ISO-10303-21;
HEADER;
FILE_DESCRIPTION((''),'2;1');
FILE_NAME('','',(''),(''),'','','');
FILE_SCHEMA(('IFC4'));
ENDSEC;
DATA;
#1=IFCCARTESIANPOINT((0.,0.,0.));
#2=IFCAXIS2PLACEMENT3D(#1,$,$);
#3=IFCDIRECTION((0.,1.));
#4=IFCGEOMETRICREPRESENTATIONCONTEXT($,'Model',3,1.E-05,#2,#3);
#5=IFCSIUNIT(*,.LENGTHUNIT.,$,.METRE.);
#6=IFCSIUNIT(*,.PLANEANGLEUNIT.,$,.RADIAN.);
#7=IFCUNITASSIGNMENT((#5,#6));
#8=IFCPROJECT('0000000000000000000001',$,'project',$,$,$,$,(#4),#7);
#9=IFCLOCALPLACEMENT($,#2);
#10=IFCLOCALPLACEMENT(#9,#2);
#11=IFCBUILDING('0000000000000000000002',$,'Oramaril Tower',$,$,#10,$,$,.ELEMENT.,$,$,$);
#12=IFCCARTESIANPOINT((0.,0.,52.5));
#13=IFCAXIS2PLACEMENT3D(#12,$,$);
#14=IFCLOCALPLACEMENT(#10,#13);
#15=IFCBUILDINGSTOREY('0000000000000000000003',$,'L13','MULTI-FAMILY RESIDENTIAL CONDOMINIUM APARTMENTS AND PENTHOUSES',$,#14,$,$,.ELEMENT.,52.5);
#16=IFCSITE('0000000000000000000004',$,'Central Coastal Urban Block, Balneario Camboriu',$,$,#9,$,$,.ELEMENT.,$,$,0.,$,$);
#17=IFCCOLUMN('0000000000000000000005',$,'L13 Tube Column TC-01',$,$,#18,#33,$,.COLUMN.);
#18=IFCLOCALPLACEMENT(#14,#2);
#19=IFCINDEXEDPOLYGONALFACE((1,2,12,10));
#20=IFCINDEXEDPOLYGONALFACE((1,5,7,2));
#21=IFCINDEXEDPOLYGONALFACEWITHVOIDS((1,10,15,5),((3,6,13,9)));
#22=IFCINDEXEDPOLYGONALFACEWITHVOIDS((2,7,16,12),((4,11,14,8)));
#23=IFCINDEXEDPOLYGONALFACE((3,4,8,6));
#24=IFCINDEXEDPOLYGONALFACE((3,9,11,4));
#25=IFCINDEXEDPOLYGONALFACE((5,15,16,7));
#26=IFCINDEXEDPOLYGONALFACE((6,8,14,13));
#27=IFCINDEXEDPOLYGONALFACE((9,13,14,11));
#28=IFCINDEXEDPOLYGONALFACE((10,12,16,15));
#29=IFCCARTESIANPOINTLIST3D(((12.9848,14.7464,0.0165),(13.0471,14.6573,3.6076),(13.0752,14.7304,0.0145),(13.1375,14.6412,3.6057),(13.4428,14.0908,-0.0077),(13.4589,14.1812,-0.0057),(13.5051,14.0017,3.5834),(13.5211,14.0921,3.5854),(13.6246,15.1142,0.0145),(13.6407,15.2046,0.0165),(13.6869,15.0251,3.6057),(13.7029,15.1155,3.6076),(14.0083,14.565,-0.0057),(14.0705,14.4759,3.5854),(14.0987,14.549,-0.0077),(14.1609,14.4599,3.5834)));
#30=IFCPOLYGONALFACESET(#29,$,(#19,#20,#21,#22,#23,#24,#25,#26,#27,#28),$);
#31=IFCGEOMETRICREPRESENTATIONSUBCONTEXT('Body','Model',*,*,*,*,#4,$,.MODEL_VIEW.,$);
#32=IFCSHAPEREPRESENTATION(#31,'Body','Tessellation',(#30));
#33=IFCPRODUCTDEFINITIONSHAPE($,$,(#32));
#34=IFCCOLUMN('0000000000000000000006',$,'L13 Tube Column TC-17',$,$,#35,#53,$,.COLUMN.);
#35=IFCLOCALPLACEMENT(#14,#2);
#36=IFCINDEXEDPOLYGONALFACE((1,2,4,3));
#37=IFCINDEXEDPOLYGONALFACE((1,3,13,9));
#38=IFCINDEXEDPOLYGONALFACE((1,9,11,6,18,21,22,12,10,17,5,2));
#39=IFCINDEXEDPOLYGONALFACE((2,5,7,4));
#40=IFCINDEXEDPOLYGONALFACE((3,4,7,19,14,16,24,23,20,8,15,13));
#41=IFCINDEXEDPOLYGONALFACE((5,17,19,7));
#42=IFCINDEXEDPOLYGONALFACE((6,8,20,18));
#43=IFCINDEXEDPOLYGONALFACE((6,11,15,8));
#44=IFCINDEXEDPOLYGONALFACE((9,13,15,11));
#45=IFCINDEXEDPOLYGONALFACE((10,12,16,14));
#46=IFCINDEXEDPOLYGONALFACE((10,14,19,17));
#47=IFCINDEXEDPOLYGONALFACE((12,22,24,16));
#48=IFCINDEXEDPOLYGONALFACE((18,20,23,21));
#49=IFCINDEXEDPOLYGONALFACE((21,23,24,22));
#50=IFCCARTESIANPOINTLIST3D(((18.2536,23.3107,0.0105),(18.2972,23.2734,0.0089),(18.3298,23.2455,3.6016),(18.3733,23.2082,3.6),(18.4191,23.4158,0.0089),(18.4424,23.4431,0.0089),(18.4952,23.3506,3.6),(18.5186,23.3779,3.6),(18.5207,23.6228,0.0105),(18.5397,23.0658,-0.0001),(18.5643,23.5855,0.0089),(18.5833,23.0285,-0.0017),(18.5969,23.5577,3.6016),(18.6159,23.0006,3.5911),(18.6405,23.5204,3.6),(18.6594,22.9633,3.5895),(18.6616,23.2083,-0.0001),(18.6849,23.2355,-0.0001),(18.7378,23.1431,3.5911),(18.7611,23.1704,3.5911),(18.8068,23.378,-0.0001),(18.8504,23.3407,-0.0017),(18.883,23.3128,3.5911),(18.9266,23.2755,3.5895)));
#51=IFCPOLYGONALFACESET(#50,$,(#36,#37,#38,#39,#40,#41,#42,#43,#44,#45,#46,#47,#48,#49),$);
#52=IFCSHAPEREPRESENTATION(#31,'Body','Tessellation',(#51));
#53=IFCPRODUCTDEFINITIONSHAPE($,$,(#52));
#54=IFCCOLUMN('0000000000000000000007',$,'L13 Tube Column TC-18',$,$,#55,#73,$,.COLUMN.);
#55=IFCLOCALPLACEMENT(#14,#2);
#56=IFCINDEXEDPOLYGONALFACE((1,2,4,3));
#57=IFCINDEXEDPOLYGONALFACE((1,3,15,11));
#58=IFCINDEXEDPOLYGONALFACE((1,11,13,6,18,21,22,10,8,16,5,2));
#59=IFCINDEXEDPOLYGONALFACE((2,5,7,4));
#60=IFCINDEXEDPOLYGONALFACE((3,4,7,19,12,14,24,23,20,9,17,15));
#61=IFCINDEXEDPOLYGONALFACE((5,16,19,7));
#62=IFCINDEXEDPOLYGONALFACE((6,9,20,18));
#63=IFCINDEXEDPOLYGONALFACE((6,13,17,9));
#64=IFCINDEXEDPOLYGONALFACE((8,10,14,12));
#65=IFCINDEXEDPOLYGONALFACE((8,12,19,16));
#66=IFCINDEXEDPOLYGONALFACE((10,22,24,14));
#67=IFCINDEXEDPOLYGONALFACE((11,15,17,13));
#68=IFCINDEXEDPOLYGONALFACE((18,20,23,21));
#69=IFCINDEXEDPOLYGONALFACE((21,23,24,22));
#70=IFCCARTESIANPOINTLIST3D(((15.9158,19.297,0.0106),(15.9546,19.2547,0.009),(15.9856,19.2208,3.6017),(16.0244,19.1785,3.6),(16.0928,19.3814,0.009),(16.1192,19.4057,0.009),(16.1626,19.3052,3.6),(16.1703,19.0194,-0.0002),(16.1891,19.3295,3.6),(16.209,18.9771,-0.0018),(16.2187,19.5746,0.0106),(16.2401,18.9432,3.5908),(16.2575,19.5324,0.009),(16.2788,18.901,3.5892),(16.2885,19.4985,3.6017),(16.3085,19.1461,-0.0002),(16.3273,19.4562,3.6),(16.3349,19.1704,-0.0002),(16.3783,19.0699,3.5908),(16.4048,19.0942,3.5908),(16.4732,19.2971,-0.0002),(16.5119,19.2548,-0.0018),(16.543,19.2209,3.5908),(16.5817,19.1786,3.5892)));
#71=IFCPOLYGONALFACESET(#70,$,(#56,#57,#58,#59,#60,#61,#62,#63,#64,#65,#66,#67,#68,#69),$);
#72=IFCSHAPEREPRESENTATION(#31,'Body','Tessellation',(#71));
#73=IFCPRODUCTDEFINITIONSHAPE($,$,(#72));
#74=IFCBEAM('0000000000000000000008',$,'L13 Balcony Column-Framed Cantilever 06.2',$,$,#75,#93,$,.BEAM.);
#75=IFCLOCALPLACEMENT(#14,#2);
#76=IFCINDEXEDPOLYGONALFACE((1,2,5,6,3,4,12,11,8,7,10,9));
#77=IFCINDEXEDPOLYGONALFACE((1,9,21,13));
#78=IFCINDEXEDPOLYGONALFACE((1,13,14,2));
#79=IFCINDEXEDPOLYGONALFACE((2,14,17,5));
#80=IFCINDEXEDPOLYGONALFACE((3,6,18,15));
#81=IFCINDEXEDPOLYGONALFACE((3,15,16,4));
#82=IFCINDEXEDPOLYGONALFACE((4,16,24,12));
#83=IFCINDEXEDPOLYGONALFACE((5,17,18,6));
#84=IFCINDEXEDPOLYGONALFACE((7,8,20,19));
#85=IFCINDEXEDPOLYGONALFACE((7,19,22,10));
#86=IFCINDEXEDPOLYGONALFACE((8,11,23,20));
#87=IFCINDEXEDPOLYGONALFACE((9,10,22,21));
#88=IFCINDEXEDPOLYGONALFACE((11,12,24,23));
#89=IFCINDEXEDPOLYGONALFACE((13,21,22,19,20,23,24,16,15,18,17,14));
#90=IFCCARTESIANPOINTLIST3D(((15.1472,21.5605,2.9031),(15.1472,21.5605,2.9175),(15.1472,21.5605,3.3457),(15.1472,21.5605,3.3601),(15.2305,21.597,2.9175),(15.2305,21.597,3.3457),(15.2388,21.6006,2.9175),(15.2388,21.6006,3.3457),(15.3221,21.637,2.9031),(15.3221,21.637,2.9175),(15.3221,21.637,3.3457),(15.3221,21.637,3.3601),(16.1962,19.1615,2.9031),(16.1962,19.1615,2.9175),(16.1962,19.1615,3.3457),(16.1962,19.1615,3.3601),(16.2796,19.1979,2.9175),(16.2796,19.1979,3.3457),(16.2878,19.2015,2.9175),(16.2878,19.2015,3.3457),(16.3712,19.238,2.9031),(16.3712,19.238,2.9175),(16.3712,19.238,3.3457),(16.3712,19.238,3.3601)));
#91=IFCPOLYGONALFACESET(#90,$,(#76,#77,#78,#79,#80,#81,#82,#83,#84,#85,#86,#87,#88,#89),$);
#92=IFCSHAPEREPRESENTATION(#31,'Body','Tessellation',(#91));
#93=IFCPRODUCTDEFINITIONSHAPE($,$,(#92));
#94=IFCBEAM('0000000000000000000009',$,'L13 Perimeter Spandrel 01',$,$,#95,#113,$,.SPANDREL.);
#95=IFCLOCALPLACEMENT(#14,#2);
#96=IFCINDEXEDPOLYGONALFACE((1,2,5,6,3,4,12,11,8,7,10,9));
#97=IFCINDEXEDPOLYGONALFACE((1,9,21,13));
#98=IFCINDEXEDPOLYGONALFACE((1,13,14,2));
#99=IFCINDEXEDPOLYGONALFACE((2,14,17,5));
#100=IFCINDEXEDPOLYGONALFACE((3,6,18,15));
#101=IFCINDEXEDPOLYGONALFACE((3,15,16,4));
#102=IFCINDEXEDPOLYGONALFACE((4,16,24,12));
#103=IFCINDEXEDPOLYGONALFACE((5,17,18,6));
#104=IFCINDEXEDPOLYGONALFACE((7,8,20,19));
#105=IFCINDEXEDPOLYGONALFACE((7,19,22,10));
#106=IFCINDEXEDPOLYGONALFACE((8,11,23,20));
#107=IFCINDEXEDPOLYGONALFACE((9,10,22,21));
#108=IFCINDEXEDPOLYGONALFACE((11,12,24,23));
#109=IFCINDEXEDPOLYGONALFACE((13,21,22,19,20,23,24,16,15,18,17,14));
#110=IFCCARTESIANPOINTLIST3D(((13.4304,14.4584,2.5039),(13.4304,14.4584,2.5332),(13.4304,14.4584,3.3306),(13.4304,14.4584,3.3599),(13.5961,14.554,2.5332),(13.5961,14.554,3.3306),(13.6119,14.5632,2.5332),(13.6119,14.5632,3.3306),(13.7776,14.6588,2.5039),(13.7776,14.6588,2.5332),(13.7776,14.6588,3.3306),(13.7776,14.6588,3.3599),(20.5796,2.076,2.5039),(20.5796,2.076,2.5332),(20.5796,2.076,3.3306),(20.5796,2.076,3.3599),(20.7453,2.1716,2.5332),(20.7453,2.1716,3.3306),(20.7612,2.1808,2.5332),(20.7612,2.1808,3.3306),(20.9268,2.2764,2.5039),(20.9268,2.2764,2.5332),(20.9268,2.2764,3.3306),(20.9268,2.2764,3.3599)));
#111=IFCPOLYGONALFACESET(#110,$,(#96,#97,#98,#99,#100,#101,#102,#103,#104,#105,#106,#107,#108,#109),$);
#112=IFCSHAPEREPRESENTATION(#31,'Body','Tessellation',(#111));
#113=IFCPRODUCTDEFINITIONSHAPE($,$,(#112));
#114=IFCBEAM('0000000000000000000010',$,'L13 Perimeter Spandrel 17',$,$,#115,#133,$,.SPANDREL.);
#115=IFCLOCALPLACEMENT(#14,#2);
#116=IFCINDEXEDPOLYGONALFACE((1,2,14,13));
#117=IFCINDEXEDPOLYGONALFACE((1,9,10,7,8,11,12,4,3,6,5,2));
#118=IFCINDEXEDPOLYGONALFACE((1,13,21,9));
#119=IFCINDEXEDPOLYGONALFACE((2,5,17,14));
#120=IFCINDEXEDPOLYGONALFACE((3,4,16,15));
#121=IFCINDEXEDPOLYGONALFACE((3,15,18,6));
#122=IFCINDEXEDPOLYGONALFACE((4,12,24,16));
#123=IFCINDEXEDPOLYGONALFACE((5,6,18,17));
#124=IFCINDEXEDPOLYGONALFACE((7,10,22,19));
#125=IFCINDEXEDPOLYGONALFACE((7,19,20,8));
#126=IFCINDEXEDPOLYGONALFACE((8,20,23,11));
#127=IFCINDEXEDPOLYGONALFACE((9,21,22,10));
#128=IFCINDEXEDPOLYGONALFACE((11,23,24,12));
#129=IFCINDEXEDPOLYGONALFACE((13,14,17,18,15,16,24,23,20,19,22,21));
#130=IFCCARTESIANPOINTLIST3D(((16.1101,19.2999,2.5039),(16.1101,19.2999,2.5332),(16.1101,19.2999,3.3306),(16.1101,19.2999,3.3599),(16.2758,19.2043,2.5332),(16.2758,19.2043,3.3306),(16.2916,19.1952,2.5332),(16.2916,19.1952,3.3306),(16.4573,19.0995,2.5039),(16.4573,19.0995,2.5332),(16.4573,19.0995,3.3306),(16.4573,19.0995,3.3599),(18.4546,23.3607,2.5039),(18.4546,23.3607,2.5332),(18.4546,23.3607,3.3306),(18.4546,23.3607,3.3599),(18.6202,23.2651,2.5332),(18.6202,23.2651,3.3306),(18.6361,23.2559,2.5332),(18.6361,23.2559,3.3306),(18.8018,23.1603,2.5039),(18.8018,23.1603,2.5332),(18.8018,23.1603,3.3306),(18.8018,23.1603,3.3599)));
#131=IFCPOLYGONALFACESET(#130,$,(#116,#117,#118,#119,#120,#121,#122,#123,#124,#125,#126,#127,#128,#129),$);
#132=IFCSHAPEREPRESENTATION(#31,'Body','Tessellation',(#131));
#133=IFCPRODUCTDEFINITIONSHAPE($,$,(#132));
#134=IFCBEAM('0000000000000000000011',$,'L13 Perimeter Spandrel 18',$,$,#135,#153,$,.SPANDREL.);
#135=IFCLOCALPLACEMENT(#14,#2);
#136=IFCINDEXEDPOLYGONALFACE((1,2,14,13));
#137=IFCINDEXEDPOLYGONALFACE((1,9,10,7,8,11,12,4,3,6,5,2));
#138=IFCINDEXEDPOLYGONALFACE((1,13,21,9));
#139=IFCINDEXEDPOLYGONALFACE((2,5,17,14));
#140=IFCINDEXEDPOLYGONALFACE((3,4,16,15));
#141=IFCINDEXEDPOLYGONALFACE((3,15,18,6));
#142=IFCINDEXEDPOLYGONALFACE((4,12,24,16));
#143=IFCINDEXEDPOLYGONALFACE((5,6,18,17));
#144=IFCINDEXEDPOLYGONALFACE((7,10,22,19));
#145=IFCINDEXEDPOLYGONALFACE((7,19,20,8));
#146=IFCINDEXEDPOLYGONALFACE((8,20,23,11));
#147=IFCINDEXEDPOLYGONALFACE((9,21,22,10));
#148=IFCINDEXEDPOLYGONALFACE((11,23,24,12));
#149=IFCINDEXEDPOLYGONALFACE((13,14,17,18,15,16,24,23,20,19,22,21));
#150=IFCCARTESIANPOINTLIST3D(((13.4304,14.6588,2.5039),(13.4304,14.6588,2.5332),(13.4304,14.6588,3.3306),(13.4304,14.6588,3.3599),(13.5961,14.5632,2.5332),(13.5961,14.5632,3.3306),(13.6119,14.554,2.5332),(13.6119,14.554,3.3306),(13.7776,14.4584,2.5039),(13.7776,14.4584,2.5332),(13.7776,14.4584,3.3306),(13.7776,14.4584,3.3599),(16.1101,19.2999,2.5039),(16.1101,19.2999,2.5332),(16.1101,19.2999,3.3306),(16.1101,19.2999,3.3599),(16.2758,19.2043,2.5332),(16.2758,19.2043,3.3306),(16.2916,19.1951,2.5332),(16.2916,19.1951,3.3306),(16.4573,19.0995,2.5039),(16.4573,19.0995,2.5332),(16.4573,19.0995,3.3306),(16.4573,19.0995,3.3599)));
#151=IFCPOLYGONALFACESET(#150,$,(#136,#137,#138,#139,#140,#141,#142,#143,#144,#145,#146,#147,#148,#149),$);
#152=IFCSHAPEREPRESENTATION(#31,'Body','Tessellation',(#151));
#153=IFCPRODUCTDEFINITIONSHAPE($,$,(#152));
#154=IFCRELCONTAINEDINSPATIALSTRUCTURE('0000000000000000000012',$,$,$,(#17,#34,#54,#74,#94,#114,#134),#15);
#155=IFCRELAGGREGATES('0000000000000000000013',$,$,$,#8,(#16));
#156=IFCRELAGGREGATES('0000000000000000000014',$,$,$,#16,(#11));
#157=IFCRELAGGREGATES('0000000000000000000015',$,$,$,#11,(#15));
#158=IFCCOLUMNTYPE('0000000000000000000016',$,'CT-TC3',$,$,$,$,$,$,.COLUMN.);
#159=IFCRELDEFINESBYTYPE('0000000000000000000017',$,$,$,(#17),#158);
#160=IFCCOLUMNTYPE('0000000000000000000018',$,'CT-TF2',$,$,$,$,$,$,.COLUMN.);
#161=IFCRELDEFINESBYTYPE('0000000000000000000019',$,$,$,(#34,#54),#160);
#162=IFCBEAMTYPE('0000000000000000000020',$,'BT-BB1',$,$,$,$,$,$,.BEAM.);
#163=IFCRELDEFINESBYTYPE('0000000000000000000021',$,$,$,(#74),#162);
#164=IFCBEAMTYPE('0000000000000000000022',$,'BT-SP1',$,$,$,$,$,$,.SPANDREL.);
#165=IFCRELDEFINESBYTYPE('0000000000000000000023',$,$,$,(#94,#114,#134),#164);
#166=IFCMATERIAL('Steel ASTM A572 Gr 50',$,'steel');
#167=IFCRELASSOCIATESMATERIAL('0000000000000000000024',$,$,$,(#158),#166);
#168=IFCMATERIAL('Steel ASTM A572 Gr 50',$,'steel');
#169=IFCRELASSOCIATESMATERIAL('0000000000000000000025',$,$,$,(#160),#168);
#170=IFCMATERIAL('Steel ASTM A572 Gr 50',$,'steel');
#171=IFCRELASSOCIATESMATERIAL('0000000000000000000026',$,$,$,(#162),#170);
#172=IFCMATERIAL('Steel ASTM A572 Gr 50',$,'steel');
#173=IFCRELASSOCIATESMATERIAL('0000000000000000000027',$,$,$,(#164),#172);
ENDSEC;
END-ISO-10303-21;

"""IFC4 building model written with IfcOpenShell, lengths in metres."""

from ifc_helpers import new_model, si_unit, direction, frame, origin, origin_2d, place, context, subcontext, project, spatial, hollow_rectangle, i_section, extrude, material, material_profile, profile_set, type_object, element, save


model = new_model("IFC4")

# Units and contexts
model_context = context("Model", 3, precision=1e-05, world=origin(), true_north=direction((0.0, 1.0)))
body_context = subcontext(model_context, "Body", "Model", "MODEL_VIEW")
ifc_project = project(units=[si_unit("LENGTHUNIT", "METRE"), si_unit("PLANEANGLEUNIT", "RADIAN")], contexts=[model_context])

# Site, building, storey
site_placement = place(None, origin())
site = spatial("IfcSite", under=ifc_project, at=site_placement, Name="Central Coastal Urban Block, Balneario Camboriu", CompositionType="ELEMENT", RefElevation=0.0)
building_placement = place(site_placement, origin())
building = spatial("IfcBuilding", under=site, at=building_placement, Name="Oramaril Tower", CompositionType="ELEMENT")
storey_placement = place(building_placement, frame((0.0, 0.0, 52.5)))
storey = spatial("IfcBuildingStorey", under=building, at=storey_placement, Name="L13", Description="MULTI-FAMILY RESIDENTIAL CONDOMINIUM APARTMENTS AND PENTHOUSES", CompositionType="ELEMENT", Elevation=52.5)

# Columns
ifc_material_1 = material(Name="Steel ASTM A572 Gr 50", Category="steel")
ifc_material_profile_1 = material_profile(ifc_material_1, hollow_rectangle(XDim=0.8, YDim=0.8, WallThickness=0.0649, at=origin_2d()), Name="BOX800X800X65")
ifc_profile_set_1 = profile_set([ifc_material_profile_1], Name="Steel ASTM A572 Gr 50")
column_type_1 = type_object("IfcColumnType", Name="CT-TC3", PredefinedType="COLUMN", material=ifc_profile_set_1)
column_placement = place(storey_placement, frame((13.5417, 14.6477, 0.0044), z_axis=(0.017328, -0.024803, 0.999542), x_axis=(0.819759, 0.572708, 0.0)))
element("IfcColumn", 1, at=column_placement, inside=storey, type_object=column_type_1, Name="L13 Tube Column TC-01", PredefinedType="COLUMN", context=body_context, shape_type="SweptSolid", body=[
    extrude(hollow_rectangle(XDim=0.8, YDim=0.8, WallThickness=0.0649, at=origin_2d()), origin(), (0.0, 0.0, 1.0), 3.5928),
])
ifc_material_2 = material(Name="Steel ASTM A572 Gr 50", Category="steel")
ifc_material_profile_2 = material_profile(ifc_material_2, i_section(OverallWidth=0.4109, OverallDepth=0.4341, WebThickness=0.0359, FlangeThickness=0.0574, at=origin_2d()), Name="W14X311")
ifc_profile_set_2 = profile_set([ifc_material_profile_2], Name="Steel ASTM A572 Gr 50")
column_type_2 = type_object("IfcColumnType", Name="CT-TF2", PredefinedType="COLUMN", material=ifc_profile_set_2)
for number, where, z_axis, x_axis, name in (
    (2, (18.552, 23.3257, 0.0044), (0.021203, -0.018145, 0.999611), (0.65019, 0.759772, 0.0), "L13 Tube Column TC-17"),
    (3, (16.2139, 19.2759, 0.0044), (0.019436, -0.021203, 0.999586), (0.737154, 0.675725, 0.0), "L13 Tube Column TC-18"),
):
    element("IfcColumn", number, at=place(storey_placement, frame(where, z_axis=z_axis, x_axis=x_axis)), inside=storey, type_object=column_type_2, Name=name, PredefinedType="COLUMN", context=body_context, shape_type="SweptSolid", body=[
        extrude(i_section(OverallWidth=0.4109, OverallDepth=0.4341, WebThickness=0.0359, FlangeThickness=0.0574, at=origin_2d()), origin(), (0.0, 0.0, 1.0), 3.5925),
    ])

# Beams
ifc_material_3 = material(Name="Steel ASTM A572 Gr 50", Category="steel")
ifc_material_profile_3 = material_profile(ifc_material_3, i_section(OverallWidth=0.1909, OverallDepth=0.457, WebThickness=0.009, FlangeThickness=0.0144, at=origin_2d()), Name="W18X50")
ifc_profile_set_3 = profile_set([ifc_material_profile_3], Name="Steel ASTM A572 Gr 50")
beam_type_1 = type_object("IfcBeamType", Name="BT-BB1", PredefinedType="BEAM", material=ifc_profile_set_3)
beam_1_placement = place(storey_placement, frame((16.2837, 19.1997, 3.1316), z_axis=(-0.400638, 0.916236, 0.0), x_axis=(-0.916236, -0.400638, 0.0)))
element("IfcBeam", 4, at=beam_1_placement, inside=storey, type_object=beam_type_1, Name="L13 Balcony Column-Framed Cantilever 06.2", PredefinedType="BEAM", context=body_context, shape_type="SweptSolid", body=[
    extrude(i_section(OverallWidth=0.1909, OverallDepth=0.457, WebThickness=0.009, FlangeThickness=0.0144, at=origin_2d()), origin(), (0.0, 0.0, 1.0), 2.6184),
])
ifc_material_4 = material(Name="Steel ASTM A572 Gr 50", Category="steel")
ifc_material_profile_4 = material_profile(ifc_material_4, i_section(OverallWidth=0.4009, OverallDepth=0.856, WebThickness=0.0183, FlangeThickness=0.0293, at=origin_2d()), Name="W33X201")
ifc_profile_set_4 = profile_set([ifc_material_profile_4], Name="Steel ASTM A572 Gr 50")
beam_type_2 = type_object("IfcBeamType", Name="BT-SP1", PredefinedType="SPANDREL", material=ifc_profile_set_4)
beam_2_placement = place(storey_placement, frame((13.604, 14.5586, 2.9319), z_axis=(0.500012, -0.866018, 0.0), x_axis=(0.866018, 0.500012, 0.0)))
element("IfcBeam", 5, at=beam_2_placement, inside=storey, type_object=beam_type_2, Name="L13 Perimeter Spandrel 01", PredefinedType="SPANDREL", context=body_context, shape_type="SweptSolid", body=[
    extrude(i_section(OverallWidth=0.4009, OverallDepth=0.856, WebThickness=0.0183, FlangeThickness=0.0293, at=origin_2d()), origin(), (0.0, 0.0, 1.0), 14.2981),
])
beam_3_placement = place(storey_placement, frame((18.6282, 23.2605, 2.9319), z_axis=(-0.499997, -0.866027, 0.0), x_axis=(0.866027, -0.499997, 0.0)))
element("IfcBeam", 6, at=beam_3_placement, inside=storey, type_object=beam_type_2, Name="L13 Perimeter Spandrel 17", PredefinedType="SPANDREL", context=body_context, shape_type="SweptSolid", body=[
    extrude(i_section(OverallWidth=0.4009, OverallDepth=0.856, WebThickness=0.0183, FlangeThickness=0.0293, at=origin_2d()), origin(), (0.0, 0.0, 1.0), 4.689),
])
beam_4_placement = place(storey_placement, frame((16.2837, 19.1997, 2.9319), z_axis=(-0.50002, -0.866014, 0.0), x_axis=(0.866014, -0.50002, 0.0)))
element("IfcBeam", 7, at=beam_4_placement, inside=storey, type_object=beam_type_2, Name="L13 Perimeter Spandrel 18", PredefinedType="SPANDREL", context=body_context, shape_type="SweptSolid", body=[
    extrude(i_section(OverallWidth=0.4009, OverallDepth=0.856, WebThickness=0.0183, FlangeThickness=0.0293, at=origin_2d()), origin(), (0.0, 0.0, 1.0), 5.3591),
])

save(model, "model.ifc")
